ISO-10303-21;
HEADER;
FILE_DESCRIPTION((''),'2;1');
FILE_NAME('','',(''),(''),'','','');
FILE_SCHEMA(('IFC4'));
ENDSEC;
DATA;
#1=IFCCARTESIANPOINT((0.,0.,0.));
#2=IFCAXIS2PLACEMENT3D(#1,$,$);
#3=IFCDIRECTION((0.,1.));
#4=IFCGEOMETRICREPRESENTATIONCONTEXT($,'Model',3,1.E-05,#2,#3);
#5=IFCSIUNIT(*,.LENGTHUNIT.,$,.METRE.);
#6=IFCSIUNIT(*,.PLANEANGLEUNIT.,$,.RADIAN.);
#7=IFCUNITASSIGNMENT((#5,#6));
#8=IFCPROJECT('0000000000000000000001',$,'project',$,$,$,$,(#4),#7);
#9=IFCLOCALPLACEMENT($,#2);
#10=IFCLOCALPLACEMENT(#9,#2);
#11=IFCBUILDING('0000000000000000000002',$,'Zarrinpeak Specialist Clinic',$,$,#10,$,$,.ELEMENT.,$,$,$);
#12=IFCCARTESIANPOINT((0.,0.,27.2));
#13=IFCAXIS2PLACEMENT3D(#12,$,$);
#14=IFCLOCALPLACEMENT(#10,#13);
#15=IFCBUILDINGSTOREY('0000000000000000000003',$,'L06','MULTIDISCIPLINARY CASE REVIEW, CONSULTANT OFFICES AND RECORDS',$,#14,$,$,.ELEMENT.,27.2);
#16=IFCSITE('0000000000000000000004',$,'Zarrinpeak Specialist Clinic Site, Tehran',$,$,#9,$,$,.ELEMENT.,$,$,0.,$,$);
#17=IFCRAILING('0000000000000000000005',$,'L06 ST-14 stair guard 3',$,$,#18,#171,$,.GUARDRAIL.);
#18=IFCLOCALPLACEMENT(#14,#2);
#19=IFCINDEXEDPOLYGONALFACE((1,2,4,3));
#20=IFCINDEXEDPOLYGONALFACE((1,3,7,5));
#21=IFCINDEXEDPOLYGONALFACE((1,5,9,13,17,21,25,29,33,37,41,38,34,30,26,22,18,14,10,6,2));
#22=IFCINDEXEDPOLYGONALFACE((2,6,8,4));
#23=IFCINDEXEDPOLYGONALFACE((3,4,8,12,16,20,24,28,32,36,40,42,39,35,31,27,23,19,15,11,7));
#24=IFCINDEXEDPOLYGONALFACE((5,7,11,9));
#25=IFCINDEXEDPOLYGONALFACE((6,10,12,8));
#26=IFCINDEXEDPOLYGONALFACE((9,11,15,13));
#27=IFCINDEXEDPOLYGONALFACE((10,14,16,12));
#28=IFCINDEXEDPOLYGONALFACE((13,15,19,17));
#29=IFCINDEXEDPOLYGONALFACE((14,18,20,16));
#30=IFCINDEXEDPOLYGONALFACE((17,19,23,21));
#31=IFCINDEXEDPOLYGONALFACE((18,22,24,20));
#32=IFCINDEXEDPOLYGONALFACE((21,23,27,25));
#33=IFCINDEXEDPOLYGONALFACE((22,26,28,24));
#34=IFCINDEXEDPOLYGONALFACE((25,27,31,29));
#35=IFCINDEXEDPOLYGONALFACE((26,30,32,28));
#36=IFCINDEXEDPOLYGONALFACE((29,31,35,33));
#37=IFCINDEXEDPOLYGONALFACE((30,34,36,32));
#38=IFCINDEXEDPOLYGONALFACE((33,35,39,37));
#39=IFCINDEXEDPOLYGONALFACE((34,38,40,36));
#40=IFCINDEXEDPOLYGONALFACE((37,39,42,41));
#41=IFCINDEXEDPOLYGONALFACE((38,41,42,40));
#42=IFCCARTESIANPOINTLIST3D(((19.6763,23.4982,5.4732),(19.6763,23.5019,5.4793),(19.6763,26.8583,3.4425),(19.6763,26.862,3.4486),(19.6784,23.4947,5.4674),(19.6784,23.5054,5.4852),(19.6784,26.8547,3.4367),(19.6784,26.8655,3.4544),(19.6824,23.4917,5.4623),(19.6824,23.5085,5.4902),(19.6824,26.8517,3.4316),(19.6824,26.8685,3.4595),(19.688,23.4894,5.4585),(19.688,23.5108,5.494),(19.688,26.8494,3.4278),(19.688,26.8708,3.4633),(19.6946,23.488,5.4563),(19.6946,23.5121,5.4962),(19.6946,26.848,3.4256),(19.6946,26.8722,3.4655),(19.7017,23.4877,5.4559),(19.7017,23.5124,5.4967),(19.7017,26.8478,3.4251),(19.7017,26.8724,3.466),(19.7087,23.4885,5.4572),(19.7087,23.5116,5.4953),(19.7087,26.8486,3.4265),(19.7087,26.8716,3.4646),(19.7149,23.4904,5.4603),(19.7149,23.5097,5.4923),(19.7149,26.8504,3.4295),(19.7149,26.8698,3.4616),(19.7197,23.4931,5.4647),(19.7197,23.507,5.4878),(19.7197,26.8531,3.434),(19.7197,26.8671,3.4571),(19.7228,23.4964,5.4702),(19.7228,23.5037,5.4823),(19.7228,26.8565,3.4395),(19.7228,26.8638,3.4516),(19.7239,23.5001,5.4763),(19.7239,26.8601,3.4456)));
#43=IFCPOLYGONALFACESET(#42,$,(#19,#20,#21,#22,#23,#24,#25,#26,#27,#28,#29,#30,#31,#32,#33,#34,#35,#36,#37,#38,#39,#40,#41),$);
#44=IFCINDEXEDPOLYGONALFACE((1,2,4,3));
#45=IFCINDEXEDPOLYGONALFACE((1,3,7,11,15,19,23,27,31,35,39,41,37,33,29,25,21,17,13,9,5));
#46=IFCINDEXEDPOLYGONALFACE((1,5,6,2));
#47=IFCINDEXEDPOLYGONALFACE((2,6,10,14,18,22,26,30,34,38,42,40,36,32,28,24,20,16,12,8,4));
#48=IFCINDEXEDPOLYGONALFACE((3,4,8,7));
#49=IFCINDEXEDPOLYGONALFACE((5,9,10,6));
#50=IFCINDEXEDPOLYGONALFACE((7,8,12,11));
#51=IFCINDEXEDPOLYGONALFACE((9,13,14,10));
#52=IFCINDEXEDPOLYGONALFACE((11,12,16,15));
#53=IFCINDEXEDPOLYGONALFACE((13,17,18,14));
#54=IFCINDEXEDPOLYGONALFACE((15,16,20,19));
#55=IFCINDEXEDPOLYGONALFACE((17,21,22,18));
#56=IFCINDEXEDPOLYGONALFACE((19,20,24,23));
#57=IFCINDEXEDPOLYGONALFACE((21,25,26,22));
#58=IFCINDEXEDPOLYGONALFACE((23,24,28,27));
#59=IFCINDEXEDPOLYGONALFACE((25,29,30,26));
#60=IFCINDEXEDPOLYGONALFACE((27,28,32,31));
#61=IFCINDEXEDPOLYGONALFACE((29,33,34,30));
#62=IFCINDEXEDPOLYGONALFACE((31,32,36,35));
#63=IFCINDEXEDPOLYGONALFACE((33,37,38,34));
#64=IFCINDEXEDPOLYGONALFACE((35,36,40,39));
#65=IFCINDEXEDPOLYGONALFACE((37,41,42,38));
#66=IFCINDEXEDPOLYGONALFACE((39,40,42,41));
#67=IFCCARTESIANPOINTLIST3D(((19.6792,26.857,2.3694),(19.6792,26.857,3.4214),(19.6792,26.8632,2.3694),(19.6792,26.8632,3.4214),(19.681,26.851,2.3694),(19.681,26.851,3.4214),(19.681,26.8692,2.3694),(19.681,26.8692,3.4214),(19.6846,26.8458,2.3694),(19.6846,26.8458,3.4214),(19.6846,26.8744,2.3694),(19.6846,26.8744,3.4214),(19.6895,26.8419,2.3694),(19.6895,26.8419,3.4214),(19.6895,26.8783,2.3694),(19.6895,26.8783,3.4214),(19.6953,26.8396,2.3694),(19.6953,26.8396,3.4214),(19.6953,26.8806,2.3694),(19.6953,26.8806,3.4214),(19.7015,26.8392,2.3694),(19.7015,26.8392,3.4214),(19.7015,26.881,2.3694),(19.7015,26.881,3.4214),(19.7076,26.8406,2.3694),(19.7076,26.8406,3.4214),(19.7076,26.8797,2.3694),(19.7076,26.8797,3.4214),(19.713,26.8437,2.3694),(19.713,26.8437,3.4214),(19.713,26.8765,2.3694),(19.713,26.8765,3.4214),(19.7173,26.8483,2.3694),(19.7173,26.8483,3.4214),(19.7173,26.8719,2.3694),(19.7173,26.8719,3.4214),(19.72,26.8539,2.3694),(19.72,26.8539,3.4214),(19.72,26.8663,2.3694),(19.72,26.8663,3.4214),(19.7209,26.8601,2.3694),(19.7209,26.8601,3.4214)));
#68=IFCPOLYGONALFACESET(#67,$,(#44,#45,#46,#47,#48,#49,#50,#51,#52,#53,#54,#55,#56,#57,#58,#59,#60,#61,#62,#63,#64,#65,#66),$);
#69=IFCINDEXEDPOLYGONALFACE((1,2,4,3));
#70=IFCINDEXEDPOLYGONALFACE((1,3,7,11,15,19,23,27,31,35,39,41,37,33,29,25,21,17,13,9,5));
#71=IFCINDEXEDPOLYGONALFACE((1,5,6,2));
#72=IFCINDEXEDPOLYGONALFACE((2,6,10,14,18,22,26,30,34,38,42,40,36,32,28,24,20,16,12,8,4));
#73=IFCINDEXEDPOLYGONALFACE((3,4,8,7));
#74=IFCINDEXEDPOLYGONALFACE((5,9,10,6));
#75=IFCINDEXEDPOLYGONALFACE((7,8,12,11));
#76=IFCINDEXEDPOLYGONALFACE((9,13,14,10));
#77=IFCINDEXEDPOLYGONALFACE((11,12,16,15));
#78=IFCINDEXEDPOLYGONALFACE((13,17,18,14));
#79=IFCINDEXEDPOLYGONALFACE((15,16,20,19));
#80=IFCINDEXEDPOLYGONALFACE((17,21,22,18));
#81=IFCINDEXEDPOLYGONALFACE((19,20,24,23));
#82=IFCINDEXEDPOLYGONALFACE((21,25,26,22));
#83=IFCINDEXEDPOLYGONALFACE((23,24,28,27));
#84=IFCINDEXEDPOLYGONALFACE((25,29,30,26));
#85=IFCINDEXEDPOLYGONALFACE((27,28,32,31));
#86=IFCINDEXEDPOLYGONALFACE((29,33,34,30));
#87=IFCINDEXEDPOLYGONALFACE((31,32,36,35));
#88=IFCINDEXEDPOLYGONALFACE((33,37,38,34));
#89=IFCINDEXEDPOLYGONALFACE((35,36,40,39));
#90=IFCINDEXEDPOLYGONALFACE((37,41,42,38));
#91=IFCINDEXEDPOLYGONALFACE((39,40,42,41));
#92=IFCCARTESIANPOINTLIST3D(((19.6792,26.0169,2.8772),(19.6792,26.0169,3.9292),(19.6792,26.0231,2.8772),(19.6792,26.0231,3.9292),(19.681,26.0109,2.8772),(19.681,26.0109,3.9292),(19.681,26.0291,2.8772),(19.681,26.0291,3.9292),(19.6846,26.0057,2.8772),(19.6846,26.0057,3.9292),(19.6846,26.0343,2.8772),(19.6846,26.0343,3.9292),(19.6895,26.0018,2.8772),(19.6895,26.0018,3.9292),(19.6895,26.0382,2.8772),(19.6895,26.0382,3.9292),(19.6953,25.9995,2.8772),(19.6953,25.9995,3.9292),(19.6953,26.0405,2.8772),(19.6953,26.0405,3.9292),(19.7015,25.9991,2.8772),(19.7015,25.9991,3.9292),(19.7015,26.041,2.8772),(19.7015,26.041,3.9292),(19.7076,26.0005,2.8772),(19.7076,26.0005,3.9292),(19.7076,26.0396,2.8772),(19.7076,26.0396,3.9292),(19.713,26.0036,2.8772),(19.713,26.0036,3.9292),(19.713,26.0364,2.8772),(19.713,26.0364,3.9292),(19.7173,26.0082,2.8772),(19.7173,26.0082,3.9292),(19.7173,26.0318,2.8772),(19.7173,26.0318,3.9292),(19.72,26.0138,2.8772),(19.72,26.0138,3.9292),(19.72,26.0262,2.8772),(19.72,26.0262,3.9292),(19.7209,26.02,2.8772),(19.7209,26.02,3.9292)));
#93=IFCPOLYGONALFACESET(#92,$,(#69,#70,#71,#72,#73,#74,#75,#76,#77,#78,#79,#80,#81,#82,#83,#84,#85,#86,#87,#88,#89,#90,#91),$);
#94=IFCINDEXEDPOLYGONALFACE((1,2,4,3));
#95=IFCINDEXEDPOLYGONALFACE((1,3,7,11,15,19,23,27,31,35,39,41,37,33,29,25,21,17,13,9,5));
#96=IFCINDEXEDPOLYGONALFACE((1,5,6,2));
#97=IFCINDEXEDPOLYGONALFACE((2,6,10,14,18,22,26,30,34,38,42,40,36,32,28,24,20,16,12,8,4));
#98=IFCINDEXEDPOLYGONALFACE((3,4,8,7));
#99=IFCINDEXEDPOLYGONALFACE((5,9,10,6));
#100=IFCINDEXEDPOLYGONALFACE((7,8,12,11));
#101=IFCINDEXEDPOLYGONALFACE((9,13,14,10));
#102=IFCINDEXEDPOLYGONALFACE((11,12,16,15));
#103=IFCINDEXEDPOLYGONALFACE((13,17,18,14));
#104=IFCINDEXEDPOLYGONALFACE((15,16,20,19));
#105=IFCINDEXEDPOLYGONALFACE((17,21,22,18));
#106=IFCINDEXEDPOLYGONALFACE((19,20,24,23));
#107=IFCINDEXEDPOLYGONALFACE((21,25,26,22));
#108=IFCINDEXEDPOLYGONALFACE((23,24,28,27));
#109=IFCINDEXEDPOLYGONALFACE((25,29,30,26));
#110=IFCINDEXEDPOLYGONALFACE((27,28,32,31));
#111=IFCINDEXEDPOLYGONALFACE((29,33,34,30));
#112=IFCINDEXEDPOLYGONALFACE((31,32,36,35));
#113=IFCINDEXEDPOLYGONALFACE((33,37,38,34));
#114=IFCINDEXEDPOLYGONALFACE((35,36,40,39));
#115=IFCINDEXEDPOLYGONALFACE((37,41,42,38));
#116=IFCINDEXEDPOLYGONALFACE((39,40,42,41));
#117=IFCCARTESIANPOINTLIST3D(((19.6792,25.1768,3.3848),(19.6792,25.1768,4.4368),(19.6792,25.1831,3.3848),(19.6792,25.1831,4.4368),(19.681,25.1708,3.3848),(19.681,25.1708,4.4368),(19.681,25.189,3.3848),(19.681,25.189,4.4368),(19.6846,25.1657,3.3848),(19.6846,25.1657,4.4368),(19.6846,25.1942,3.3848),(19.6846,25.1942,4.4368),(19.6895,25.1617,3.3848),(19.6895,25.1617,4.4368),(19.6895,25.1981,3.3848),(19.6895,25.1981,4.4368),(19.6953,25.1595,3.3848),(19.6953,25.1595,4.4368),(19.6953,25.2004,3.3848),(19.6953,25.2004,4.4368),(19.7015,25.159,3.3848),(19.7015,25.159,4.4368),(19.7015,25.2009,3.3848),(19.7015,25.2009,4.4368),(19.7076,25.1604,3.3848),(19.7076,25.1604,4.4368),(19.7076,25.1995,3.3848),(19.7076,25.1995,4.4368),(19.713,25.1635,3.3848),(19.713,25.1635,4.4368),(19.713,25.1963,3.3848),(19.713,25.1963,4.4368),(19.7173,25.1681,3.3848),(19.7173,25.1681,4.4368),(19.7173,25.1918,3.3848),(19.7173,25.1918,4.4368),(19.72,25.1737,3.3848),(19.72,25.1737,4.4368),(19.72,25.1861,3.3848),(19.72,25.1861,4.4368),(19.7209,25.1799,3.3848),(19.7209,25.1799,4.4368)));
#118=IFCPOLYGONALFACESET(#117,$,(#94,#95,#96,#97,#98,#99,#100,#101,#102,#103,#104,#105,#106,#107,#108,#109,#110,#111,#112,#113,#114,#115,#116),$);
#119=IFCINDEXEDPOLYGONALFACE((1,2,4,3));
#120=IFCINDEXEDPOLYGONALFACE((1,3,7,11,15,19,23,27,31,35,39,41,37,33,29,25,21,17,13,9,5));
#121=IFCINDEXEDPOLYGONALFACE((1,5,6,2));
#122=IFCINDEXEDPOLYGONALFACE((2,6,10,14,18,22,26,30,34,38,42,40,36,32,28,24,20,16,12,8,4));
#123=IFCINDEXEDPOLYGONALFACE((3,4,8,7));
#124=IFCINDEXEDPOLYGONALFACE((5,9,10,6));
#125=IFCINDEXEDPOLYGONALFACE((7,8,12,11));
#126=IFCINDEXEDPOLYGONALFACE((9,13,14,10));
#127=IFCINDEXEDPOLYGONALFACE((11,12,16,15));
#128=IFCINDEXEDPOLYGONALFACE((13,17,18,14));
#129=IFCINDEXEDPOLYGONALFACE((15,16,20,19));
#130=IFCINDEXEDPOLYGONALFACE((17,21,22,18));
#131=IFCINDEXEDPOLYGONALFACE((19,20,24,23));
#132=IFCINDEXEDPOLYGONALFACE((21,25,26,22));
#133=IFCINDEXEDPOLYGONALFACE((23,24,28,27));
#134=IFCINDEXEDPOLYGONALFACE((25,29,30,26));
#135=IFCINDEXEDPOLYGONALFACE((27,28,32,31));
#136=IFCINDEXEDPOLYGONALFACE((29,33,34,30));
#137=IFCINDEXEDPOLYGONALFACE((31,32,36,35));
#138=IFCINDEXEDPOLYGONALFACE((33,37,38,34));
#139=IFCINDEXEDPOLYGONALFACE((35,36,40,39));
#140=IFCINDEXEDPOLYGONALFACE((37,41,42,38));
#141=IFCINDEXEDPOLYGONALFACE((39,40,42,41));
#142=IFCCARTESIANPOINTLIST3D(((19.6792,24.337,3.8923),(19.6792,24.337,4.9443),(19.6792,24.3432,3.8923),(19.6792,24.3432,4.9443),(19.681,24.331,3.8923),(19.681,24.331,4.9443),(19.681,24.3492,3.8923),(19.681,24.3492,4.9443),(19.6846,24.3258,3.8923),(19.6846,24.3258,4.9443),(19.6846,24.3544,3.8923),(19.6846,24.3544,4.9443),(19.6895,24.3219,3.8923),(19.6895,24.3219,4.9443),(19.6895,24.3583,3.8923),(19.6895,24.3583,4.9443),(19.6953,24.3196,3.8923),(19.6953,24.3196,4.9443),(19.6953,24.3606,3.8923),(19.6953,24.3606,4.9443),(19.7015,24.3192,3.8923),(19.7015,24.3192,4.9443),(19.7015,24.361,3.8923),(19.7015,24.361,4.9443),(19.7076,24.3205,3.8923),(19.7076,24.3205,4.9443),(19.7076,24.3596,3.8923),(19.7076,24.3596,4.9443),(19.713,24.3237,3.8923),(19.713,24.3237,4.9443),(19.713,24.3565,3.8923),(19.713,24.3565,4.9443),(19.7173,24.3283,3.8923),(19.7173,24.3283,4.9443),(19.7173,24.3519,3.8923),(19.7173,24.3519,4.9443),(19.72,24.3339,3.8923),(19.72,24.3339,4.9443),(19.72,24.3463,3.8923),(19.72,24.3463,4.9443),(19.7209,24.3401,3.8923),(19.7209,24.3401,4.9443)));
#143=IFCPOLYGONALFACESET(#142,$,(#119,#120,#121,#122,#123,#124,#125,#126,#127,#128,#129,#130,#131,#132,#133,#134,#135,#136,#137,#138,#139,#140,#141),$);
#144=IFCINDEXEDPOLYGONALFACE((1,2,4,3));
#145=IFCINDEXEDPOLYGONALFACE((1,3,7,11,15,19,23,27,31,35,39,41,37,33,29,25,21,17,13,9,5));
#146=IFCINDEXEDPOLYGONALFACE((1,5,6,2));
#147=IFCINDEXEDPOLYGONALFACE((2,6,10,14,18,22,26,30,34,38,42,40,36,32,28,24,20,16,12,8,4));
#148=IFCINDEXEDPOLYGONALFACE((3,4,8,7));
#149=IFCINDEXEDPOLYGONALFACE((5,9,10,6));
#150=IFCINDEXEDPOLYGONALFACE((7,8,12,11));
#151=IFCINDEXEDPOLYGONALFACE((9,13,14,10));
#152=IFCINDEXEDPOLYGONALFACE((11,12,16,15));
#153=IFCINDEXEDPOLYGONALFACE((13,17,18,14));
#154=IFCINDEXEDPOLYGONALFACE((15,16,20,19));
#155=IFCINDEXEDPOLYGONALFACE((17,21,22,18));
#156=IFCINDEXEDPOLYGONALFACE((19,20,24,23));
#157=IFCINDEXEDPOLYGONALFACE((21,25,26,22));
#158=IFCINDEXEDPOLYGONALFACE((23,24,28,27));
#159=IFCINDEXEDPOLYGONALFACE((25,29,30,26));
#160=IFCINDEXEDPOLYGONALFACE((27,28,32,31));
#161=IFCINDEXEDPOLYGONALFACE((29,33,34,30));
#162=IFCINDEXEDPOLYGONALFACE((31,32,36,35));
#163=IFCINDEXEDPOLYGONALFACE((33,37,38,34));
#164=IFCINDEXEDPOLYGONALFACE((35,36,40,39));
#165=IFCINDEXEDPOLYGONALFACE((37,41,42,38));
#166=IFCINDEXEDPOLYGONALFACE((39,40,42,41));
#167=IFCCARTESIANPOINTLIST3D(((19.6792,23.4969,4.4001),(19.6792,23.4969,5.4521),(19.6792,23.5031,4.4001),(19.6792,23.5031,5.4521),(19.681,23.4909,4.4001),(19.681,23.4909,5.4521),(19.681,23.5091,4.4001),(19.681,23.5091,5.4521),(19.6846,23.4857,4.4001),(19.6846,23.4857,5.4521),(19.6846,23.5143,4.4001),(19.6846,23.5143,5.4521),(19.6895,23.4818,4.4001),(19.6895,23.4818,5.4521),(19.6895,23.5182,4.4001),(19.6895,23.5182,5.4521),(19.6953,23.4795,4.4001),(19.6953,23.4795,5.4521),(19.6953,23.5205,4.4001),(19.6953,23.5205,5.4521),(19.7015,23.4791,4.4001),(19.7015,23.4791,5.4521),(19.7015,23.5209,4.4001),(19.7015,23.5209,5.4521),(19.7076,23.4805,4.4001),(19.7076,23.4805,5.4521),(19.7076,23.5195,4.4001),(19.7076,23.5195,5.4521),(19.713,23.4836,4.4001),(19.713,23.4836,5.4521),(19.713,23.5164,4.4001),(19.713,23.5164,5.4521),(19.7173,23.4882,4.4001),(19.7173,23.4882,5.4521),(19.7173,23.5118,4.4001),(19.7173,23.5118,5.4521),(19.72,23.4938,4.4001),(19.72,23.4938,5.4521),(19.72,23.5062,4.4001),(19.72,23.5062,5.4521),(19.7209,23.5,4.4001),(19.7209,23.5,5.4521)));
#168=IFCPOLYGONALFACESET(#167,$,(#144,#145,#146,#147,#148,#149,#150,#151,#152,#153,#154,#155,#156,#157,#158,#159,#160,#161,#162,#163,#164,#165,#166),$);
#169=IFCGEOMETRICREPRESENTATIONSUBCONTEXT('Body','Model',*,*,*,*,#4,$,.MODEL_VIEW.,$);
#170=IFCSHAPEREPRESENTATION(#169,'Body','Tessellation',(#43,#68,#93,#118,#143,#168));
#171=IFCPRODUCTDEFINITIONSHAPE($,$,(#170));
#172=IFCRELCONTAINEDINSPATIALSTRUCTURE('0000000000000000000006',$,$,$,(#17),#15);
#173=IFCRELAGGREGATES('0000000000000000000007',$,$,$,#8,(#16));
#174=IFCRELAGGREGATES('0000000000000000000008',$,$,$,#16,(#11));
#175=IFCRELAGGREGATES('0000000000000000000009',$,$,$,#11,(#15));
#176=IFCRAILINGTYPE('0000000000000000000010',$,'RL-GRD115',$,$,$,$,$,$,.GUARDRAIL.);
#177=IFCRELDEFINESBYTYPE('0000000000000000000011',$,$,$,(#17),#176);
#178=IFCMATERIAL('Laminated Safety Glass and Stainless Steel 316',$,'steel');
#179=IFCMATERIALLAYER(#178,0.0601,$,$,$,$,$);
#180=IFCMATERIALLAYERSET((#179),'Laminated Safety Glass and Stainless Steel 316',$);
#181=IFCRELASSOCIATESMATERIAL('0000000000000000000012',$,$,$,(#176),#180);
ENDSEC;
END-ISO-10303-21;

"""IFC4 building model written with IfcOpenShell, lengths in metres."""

from ifc_helpers import new_model, si_unit, direction, frame, origin, origin_2d, place, context, subcontext, project, spatial, circle, extrude, material, layer, layer_set, type_object, element, save


model = new_model("IFC4")

# Units and contexts
model_context = context("Model", 3, precision=1e-05, world=origin(), true_north=direction((0.0, 1.0)))
body_context = subcontext(model_context, "Body", "Model", "MODEL_VIEW")
ifc_project = project(units=[si_unit("LENGTHUNIT", "METRE"), si_unit("PLANEANGLEUNIT", "RADIAN")], contexts=[model_context])

# Site, building, storey
site_placement = place(None, origin())
site = spatial("IfcSite", under=ifc_project, at=site_placement, Name="Zarrinpeak Specialist Clinic Site, Tehran", CompositionType="ELEMENT", RefElevation=0.0)
building_placement = place(site_placement, origin())
building = spatial("IfcBuilding", under=site, at=building_placement, Name="Zarrinpeak Specialist Clinic", CompositionType="ELEMENT")
storey_placement = place(building_placement, frame((0.0, 0.0, 27.2)))
storey = spatial("IfcBuildingStorey", under=building, at=storey_placement, Name="L06", Description="MULTIDISCIPLINARY CASE REVIEW, CONSULTANT OFFICES AND RECORDS", CompositionType="ELEMENT", Elevation=27.2)

# Railing
ifc_material_1 = material(Name="Laminated Safety Glass and Stainless Steel 316", Category="steel")
ifc_layer_1 = layer(ifc_material_1, 0.0601)
ifc_layer_set_1 = layer_set([ifc_layer_1], Name="Laminated Safety Glass and Stainless Steel 316")
railing_type_1 = type_object("IfcRailingType", Name="RL-GRD115", PredefinedType="GUARDRAIL", material=ifc_layer_set_1)
railing_1_placement = place(storey_placement, frame((19.7, 26.8601, 2.3694)))
element("IfcRailing", 1, at=railing_1_placement, inside=storey, type_object=railing_type_1, Name="L06 ST-14 stair guard 3", PredefinedType="GUARDRAIL", context=body_context, shape_type="SweptSolid", body=[
    extrude(circle(Radius=0.0239, at=origin_2d()), frame((0.0, 0.0, 1.0762), z_axis=(0.0, -0.855837, 0.517246), x_axis=(1.0, 0.0, 0.0)), (0.0, 0.0, 1.0), 3.926),
    extrude(circle(Radius=0.021, at=origin_2d()), origin(), (0.0, 0.0, 1.0), 1.052),
    extrude(circle(Radius=0.021, at=origin_2d()), frame((0.0, -0.8401, 0.5078)), (0.0, 0.0, 1.0), 1.052),
    extrude(circle(Radius=0.021, at=origin_2d()), frame((0.0, -1.6802, 1.0154)), (0.0, 0.0, 1.0), 1.052),
    extrude(circle(Radius=0.021, at=origin_2d()), frame((0.0, -2.52, 1.5229)), (0.0, 0.0, 1.0), 1.052),
    extrude(circle(Radius=0.021, at=origin_2d()), frame((0.0, -3.3601, 2.0308)), (0.0, 0.0, 1.0), 1.052),
])

save(model, "model.ifc")
